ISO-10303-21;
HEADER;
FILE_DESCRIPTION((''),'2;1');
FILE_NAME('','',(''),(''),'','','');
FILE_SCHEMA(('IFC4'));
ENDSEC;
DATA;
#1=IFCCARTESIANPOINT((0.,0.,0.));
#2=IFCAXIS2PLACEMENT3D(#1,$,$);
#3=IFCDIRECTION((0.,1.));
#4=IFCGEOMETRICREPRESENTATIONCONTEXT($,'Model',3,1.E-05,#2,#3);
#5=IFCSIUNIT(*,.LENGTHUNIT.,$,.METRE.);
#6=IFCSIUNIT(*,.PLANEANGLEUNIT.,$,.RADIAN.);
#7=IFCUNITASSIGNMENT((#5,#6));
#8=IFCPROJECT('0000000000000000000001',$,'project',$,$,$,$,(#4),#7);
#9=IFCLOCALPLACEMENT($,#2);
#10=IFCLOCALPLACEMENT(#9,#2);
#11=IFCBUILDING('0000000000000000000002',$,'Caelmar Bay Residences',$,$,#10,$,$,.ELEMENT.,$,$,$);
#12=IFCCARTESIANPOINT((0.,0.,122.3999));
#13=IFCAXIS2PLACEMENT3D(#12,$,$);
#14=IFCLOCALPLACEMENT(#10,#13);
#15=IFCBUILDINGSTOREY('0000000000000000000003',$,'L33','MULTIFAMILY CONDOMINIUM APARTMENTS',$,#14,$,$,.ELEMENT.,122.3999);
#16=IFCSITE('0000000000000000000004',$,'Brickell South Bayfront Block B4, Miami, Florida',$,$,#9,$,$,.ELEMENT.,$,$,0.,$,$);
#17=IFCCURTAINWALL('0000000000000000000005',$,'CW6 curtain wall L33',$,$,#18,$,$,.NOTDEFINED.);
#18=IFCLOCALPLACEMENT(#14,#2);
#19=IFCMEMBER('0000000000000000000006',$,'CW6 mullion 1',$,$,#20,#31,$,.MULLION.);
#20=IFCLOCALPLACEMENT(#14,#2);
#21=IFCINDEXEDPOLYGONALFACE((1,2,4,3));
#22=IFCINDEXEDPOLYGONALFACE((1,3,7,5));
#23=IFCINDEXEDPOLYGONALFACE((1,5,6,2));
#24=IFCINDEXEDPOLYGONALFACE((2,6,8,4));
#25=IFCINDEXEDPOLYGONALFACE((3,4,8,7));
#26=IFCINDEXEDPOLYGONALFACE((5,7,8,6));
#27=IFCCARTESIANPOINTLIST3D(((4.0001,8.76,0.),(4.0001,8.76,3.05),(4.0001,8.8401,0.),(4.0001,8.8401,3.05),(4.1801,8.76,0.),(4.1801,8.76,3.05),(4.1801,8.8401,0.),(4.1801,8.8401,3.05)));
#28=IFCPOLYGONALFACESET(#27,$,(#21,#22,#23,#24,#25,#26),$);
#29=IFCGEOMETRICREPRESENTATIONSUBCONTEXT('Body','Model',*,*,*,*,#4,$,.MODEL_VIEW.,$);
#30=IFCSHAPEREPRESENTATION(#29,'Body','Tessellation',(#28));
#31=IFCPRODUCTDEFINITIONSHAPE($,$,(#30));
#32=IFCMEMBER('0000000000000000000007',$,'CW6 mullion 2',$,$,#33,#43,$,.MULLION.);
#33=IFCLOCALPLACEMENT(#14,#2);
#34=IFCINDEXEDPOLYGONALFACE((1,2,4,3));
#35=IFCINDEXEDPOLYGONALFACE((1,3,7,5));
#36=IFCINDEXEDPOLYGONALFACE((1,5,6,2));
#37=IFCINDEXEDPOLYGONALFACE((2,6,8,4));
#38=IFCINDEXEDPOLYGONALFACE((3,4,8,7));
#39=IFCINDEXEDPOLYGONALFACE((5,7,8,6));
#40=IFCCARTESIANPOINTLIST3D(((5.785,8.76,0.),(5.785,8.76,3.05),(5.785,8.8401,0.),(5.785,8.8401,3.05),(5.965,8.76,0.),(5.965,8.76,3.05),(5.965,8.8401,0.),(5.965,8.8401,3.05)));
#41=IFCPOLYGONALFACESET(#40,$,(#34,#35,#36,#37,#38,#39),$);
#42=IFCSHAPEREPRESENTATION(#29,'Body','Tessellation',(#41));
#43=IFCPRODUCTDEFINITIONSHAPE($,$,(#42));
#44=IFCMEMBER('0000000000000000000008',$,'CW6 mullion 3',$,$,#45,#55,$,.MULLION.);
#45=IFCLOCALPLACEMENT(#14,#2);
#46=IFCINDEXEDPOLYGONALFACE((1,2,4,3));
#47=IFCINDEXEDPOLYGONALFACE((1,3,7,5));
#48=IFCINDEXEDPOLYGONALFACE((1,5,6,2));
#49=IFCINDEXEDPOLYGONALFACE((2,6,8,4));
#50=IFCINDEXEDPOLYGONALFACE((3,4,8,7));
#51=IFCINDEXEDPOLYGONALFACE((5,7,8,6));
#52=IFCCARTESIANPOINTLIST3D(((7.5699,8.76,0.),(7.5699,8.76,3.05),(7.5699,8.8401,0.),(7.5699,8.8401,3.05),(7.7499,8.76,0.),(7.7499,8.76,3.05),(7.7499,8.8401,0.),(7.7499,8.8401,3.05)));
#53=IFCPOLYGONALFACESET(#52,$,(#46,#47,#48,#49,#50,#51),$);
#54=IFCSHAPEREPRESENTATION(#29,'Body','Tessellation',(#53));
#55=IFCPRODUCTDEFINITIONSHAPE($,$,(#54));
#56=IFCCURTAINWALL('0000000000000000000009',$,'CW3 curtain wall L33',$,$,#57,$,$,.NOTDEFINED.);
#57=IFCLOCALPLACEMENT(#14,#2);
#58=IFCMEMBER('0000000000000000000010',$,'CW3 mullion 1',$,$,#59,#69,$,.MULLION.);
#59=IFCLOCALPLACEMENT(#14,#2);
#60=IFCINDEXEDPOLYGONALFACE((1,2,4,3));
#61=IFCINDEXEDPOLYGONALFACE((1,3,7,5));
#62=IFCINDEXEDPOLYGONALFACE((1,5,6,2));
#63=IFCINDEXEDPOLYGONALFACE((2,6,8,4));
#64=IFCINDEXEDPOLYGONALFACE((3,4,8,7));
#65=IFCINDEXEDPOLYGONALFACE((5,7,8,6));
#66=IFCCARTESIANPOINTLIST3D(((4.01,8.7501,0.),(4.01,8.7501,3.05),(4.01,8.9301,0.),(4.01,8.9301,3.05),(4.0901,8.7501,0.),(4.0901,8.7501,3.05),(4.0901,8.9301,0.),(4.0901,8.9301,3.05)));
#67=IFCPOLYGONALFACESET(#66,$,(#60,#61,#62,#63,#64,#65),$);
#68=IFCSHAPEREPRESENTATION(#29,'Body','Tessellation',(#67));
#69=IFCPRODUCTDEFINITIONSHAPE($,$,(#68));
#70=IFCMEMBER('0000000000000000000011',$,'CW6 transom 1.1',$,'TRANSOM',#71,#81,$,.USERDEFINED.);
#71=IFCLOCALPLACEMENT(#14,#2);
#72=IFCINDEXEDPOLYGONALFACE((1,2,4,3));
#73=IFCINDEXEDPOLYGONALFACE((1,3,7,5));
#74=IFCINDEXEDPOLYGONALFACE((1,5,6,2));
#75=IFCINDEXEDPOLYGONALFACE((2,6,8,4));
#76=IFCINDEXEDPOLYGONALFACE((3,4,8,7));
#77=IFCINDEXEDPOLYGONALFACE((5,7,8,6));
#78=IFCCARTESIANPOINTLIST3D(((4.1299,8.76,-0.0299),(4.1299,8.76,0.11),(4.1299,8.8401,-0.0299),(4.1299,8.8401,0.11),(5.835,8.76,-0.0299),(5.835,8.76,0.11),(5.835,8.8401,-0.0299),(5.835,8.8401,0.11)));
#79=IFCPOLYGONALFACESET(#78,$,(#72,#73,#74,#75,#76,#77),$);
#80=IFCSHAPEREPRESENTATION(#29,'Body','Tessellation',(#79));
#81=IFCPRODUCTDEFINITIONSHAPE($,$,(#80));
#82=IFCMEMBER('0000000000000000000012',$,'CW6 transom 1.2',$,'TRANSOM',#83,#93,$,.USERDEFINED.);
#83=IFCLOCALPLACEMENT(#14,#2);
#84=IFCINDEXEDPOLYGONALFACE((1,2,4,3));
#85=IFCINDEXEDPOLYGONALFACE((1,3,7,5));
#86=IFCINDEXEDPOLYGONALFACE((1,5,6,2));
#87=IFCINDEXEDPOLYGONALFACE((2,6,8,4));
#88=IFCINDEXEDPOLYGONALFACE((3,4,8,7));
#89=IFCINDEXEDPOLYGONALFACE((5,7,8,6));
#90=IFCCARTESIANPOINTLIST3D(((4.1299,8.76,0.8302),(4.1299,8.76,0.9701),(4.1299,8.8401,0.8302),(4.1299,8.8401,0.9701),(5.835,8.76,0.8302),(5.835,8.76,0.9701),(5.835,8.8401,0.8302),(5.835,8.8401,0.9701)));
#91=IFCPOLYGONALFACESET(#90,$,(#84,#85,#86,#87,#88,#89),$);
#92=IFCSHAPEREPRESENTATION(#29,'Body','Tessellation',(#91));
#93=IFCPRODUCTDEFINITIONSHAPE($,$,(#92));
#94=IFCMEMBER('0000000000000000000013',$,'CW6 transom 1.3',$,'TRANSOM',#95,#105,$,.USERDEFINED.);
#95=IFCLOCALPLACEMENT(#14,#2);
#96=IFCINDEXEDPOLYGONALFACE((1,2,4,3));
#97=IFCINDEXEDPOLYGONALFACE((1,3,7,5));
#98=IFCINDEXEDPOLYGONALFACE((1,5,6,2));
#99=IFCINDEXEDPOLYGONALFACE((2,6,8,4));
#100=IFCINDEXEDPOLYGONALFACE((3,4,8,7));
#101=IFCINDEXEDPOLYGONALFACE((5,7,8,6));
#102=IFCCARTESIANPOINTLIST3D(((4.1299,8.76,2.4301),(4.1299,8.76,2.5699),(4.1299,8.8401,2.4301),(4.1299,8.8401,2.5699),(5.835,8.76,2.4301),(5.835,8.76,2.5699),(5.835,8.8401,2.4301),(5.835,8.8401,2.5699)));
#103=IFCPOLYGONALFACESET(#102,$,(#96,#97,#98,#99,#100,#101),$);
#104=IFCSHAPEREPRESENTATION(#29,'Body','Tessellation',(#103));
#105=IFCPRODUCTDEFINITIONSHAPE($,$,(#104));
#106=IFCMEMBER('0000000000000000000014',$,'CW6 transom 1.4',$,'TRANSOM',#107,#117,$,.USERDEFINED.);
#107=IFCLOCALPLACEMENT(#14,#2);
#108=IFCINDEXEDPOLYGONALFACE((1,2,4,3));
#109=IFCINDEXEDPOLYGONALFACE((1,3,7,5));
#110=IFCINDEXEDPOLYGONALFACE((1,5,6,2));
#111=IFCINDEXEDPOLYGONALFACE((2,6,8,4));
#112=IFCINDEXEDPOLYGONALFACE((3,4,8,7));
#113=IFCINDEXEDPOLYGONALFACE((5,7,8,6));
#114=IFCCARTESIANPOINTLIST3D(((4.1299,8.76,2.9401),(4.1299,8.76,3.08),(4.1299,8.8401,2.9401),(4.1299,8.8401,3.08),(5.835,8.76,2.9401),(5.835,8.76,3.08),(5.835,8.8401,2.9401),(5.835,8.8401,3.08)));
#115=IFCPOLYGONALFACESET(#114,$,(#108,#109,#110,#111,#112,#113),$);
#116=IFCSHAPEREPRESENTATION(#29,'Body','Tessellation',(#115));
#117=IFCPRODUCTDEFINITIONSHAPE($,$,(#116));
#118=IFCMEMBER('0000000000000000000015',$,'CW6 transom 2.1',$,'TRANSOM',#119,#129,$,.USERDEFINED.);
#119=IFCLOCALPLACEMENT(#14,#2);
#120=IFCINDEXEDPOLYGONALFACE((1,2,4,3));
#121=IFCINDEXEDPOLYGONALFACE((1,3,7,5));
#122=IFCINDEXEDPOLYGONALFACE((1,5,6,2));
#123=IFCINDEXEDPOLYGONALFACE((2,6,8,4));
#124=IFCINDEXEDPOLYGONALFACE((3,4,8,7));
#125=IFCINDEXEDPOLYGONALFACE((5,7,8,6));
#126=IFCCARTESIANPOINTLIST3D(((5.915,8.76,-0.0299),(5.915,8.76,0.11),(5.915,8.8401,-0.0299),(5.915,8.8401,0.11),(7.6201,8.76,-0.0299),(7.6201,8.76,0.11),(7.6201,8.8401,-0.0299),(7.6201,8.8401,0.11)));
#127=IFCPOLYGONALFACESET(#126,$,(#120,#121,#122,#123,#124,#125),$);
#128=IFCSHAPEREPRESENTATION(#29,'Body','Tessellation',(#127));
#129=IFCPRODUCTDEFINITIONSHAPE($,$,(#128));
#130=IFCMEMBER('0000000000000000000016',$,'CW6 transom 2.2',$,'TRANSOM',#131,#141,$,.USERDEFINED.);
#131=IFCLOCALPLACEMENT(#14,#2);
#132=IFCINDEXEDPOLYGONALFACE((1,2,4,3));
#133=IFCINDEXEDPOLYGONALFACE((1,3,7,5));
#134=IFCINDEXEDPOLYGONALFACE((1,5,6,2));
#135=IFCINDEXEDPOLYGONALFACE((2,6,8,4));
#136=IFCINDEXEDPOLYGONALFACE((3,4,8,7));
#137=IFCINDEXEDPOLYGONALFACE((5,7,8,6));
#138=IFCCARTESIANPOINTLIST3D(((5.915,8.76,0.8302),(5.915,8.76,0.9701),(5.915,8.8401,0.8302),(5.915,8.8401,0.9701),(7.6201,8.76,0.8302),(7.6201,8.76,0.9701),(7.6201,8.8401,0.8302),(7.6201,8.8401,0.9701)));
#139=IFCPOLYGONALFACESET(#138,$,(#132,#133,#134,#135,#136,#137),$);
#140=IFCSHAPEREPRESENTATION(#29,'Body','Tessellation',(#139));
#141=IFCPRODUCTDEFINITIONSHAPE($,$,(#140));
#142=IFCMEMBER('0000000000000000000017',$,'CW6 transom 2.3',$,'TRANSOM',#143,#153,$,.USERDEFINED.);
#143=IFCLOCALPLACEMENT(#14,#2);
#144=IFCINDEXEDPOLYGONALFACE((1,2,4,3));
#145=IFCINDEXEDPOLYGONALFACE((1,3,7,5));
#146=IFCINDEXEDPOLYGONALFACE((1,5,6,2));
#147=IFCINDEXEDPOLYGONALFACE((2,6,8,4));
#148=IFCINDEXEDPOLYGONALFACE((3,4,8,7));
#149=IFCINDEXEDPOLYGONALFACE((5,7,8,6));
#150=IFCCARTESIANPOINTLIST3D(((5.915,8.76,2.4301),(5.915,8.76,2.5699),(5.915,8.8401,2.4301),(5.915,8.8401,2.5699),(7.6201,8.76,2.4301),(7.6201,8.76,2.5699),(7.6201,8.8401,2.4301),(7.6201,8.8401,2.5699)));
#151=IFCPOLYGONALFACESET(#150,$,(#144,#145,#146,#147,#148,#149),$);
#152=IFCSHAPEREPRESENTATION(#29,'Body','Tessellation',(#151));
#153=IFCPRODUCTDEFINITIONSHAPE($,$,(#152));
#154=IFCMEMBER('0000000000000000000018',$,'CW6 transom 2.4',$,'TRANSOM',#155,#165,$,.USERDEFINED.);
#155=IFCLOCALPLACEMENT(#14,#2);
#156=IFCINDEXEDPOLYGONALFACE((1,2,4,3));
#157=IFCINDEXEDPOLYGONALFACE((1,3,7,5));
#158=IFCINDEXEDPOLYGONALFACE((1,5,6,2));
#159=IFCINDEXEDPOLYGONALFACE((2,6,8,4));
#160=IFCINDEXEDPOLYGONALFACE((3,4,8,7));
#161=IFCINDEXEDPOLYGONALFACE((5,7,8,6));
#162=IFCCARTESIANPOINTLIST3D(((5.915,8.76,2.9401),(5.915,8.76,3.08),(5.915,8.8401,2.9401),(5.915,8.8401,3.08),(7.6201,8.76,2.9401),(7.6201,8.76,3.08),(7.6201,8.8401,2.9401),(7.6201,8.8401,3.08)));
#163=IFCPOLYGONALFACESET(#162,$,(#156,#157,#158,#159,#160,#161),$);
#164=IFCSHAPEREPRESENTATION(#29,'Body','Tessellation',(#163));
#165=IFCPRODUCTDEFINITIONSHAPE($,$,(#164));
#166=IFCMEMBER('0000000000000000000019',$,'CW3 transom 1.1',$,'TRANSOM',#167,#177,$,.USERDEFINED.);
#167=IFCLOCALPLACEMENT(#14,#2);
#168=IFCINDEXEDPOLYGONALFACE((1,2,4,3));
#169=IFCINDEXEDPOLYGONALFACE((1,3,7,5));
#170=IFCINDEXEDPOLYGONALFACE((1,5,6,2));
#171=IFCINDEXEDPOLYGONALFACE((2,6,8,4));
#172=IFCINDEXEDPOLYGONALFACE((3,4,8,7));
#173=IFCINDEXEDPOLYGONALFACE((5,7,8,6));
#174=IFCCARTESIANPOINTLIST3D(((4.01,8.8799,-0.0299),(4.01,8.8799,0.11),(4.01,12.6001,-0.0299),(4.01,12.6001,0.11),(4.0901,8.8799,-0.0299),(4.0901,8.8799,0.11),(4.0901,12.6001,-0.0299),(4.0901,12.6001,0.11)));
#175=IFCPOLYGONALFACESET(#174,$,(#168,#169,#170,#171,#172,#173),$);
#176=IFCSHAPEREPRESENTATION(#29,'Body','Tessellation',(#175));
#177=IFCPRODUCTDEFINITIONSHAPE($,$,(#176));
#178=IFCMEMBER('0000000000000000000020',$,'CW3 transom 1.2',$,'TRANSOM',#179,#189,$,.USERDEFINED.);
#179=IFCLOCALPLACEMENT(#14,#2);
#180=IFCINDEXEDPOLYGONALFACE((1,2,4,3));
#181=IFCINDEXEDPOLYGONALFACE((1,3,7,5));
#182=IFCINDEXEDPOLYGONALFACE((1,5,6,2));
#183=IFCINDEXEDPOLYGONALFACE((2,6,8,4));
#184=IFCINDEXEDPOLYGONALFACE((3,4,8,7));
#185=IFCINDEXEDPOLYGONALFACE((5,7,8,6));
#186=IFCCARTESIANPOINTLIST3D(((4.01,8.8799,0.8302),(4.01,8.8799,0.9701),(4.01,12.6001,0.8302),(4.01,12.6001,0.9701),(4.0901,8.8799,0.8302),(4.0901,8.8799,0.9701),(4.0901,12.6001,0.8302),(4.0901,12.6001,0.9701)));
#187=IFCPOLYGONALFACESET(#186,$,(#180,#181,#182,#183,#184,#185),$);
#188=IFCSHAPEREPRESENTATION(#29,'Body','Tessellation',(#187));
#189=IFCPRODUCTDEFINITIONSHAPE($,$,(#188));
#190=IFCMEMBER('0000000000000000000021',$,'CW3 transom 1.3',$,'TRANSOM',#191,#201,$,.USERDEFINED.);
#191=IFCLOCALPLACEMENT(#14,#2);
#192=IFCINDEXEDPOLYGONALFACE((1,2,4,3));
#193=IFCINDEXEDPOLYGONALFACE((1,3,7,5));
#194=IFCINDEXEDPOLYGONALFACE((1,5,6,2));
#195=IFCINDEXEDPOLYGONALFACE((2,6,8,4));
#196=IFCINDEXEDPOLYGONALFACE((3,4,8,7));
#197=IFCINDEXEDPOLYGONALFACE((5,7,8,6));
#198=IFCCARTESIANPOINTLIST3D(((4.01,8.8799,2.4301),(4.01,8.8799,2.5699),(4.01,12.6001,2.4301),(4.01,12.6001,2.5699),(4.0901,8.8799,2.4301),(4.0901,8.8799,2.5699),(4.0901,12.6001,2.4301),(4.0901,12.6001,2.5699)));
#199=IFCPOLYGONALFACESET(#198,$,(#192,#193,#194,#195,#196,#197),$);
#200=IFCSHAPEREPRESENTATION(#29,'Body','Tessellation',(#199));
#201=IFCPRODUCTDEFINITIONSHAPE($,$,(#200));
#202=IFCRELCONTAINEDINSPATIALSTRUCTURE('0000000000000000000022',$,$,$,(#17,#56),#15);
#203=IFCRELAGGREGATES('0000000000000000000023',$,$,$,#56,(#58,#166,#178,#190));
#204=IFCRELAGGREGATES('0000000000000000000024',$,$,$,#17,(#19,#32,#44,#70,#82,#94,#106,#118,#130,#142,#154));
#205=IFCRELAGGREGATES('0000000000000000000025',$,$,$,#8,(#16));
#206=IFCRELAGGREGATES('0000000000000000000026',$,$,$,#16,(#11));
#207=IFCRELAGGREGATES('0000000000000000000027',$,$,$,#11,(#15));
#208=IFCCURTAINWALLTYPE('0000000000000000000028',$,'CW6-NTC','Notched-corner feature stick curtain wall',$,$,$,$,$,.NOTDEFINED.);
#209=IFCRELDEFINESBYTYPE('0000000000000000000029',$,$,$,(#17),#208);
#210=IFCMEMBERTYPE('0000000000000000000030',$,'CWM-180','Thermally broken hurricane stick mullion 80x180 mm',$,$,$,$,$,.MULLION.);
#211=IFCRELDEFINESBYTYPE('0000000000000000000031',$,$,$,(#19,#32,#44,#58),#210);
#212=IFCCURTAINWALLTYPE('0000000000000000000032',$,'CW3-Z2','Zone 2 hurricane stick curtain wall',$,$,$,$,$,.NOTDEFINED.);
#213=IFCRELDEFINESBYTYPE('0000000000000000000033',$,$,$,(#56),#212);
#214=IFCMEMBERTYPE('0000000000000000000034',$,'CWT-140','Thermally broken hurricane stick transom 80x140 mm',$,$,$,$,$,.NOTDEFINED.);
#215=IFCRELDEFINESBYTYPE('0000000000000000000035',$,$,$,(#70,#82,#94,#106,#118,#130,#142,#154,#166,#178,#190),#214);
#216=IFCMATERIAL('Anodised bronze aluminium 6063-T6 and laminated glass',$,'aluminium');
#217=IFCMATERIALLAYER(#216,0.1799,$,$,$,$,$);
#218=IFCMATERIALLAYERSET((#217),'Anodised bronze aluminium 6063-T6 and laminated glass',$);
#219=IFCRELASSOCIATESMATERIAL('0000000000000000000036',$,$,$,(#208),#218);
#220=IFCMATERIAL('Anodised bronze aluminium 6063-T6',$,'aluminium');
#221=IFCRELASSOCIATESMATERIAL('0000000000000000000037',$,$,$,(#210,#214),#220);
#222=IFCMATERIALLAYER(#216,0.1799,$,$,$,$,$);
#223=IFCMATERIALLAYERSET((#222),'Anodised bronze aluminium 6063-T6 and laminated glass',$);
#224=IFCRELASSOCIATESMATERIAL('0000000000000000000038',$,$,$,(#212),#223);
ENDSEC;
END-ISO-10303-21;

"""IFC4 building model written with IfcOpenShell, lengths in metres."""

from ifc_helpers import new_model, si_unit, direction, frame, origin, origin_2d, place, context, subcontext, project, spatial, rectangle, extrude, material, layer, layer_set, material_profile, profile_set, type_object, element, aggregate, save


model = new_model("IFC4")

# Units and contexts
model_context = context("Model", 3, precision=1e-05, world=origin(), true_north=direction((0.0, 1.0)))
body_context = subcontext(model_context, "Body", "Model", "MODEL_VIEW")
ifc_project = project(units=[si_unit("LENGTHUNIT", "METRE"), si_unit("PLANEANGLEUNIT", "RADIAN")], contexts=[model_context])

# Site, building, storey
site_placement = place(None, origin())
site = spatial("IfcSite", under=ifc_project, at=site_placement, Name="Brickell South Bayfront Block B4, Miami, Florida", CompositionType="ELEMENT", RefElevation=0.0)
building_placement = place(site_placement, origin())
building = spatial("IfcBuilding", under=site, at=building_placement, Name="Caelmar Bay Residences", CompositionType="ELEMENT")
storey_placement = place(building_placement, frame((0.0, 0.0, 122.3999)))
storey = spatial("IfcBuildingStorey", under=building, at=storey_placement, Name="L33", Description="MULTIFAMILY CONDOMINIUM APARTMENTS", CompositionType="ELEMENT", Elevation=122.3999)

# Curtain wall, members
ifc_material_1 = material(Name="Anodised bronze aluminium 6063-T6 and laminated glass", Category="aluminium")
ifc_layer_1 = layer(ifc_material_1, 0.1799)
ifc_layer_set_1 = layer_set([ifc_layer_1], Name="Anodised bronze aluminium 6063-T6 and laminated glass")
curtain_wall_type_1 = type_object("IfcCurtainWallType", Name="CW6-NTC", Description="Notched-corner feature stick curtain wall", PredefinedType="NOTDEFINED", material=ifc_layer_set_1)
curtain_wall_1_placement = place(storey_placement, origin())
curtain_wall_1 = element("IfcCurtainWall", 1, at=curtain_wall_1_placement, inside=storey, type_object=curtain_wall_type_1, Name="CW6 curtain wall L33", PredefinedType="NOTDEFINED")
ifc_material_2 = material(Name="Anodised bronze aluminium 6063-T6", Category="aluminium")
ifc_material_profile_1 = material_profile(ifc_material_2, rectangle(XDim=0.0801, YDim=0.1799, at=origin_2d()), Name="CWM-80X180")
ifc_profile_set_1 = profile_set([ifc_material_profile_1], Name="Anodised bronze aluminium 6063-T6")
member_type_1 = type_object("IfcMemberType", Name="CWM-180", Description="Thermally broken hurricane stick mullion 80x180 mm", PredefinedType="MULLION", material=ifc_profile_set_1)
member_1_placement = place(storey_placement, frame((4.0901, 8.8, 0.0), z_axis=(0.0, 0.0, 1.0), x_axis=(0.0, 1.0, 0.0)))
member_1 = element("IfcMember", 2, at=member_1_placement, type_object=member_type_1, Name="CW6 mullion 1", PredefinedType="MULLION", context=body_context, shape_type="SweptSolid", body=[
    extrude(rectangle(XDim=0.0801, YDim=0.1799, at=origin_2d()), origin(), (0.0, 0.0, 1.0), 3.05),
])
member_2_placement = place(storey_placement, frame((5.875, 8.8, 0.0), z_axis=(0.0, 0.0, 1.0), x_axis=(0.0, 1.0, 0.0)))
member_2 = element("IfcMember", 3, at=member_2_placement, type_object=member_type_1, Name="CW6 mullion 2", PredefinedType="MULLION", context=body_context, shape_type="SweptSolid", body=[
    extrude(rectangle(XDim=0.0801, YDim=0.1799, at=origin_2d()), origin(), (0.0, 0.0, 1.0), 3.05),
])
member_3_placement = place(storey_placement, frame((7.6599, 8.8, 0.0), z_axis=(0.0, 0.0, 1.0), x_axis=(0.0, 1.0, 0.0)))
member_3 = element("IfcMember", 4, at=member_3_placement, type_object=member_type_1, Name="CW6 mullion 3", PredefinedType="MULLION", context=body_context, shape_type="SweptSolid", body=[
    extrude(rectangle(XDim=0.0801, YDim=0.1799, at=origin_2d()), origin(), (0.0, 0.0, 1.0), 3.05),
])

# Curtain wall, member
ifc_layer_2 = layer(ifc_material_1, 0.1799)
ifc_layer_set_2 = layer_set([ifc_layer_2], Name="Anodised bronze aluminium 6063-T6 and laminated glass")
curtain_wall_type_2 = type_object("IfcCurtainWallType", Name="CW3-Z2", Description="Zone 2 hurricane stick curtain wall", PredefinedType="NOTDEFINED", material=ifc_layer_set_2)
curtain_wall_2_placement = place(storey_placement, origin())
curtain_wall_2 = element("IfcCurtainWall", 5, at=curtain_wall_2_placement, inside=storey, type_object=curtain_wall_type_2, Name="CW3 curtain wall L33", PredefinedType="NOTDEFINED")
member_4_placement = place(storey_placement, frame((4.05, 8.8401, 0.0), z_axis=(0.0, 0.0, 1.0), x_axis=(-1.0, 0.0, 0.0)))
member_4 = element("IfcMember", 6, at=member_4_placement, type_object=member_type_1, Name="CW3 mullion 1", PredefinedType="MULLION", context=body_context, shape_type="SweptSolid", body=[
    extrude(rectangle(XDim=0.0801, YDim=0.1799, at=origin_2d()), origin(), (0.0, 0.0, 1.0), 3.05),
])

# Members
ifc_material_profile_2 = material_profile(ifc_material_2, rectangle(XDim=0.0801, YDim=0.1399, at=origin_2d()), Name="CWT-80X140")
ifc_profile_set_2 = profile_set([ifc_material_profile_2], Name="Anodised bronze aluminium 6063-T6")
member_type_2 = type_object("IfcMemberType", Name="CWT-140", Description="Thermally broken hurricane stick transom 80x140 mm", PredefinedType="NOTDEFINED", material=ifc_profile_set_2)
member_5_placement = place(storey_placement, frame((4.1299, 8.8, 0.04), z_axis=(1.0, 0.0, 0.0), x_axis=(0.0, 1.0, 0.0)))
member_5 = element("IfcMember", 7, at=member_5_placement, type_object=member_type_2, Name="CW6 transom 1.1", ObjectType="TRANSOM", PredefinedType="USERDEFINED", context=body_context, shape_type="SweptSolid", body=[
    extrude(rectangle(XDim=0.0801, YDim=0.1399, at=origin_2d()), origin(), (0.0, 0.0, 1.0), 1.7051),
])
member_6_placement = place(storey_placement, frame((4.1299, 8.8, 0.9001), z_axis=(1.0, 0.0, 0.0), x_axis=(0.0, 1.0, 0.0)))
member_6 = element("IfcMember", 8, at=member_6_placement, type_object=member_type_2, Name="CW6 transom 1.2", ObjectType="TRANSOM", PredefinedType="USERDEFINED", context=body_context, shape_type="SweptSolid", body=[
    extrude(rectangle(XDim=0.0801, YDim=0.1399, at=origin_2d()), origin(), (0.0, 0.0, 1.0), 1.7051),
])
member_7_placement = place(storey_placement, frame((4.1299, 8.8, 2.5), z_axis=(1.0, 0.0, 0.0), x_axis=(0.0, 1.0, 0.0)))
member_7 = element("IfcMember", 9, at=member_7_placement, type_object=member_type_2, Name="CW6 transom 1.3", ObjectType="TRANSOM", PredefinedType="USERDEFINED", context=body_context, shape_type="SweptSolid", body=[
    extrude(rectangle(XDim=0.0801, YDim=0.1399, at=origin_2d()), origin(), (0.0, 0.0, 1.0), 1.7051),
])
member_8_placement = place(storey_placement, frame((4.1299, 8.8, 3.01), z_axis=(1.0, 0.0, 0.0), x_axis=(0.0, 1.0, 0.0)))
member_8 = element("IfcMember", 10, at=member_8_placement, type_object=member_type_2, Name="CW6 transom 1.4", ObjectType="TRANSOM", PredefinedType="USERDEFINED", context=body_context, shape_type="SweptSolid", body=[
    extrude(rectangle(XDim=0.0801, YDim=0.1399, at=origin_2d()), origin(), (0.0, 0.0, 1.0), 1.7051),
])
member_9_placement = place(storey_placement, frame((5.915, 8.8, 0.04), z_axis=(1.0, 0.0, 0.0), x_axis=(0.0, 1.0, 0.0)))
member_9 = element("IfcMember", 11, at=member_9_placement, type_object=member_type_2, Name="CW6 transom 2.1", ObjectType="TRANSOM", PredefinedType="USERDEFINED", context=body_context, shape_type="SweptSolid", body=[
    extrude(rectangle(XDim=0.0801, YDim=0.1399, at=origin_2d()), origin(), (0.0, 0.0, 1.0), 1.7051),
])
member_10_placement = place(storey_placement, frame((5.915, 8.8, 0.9001), z_axis=(1.0, 0.0, 0.0), x_axis=(0.0, 1.0, 0.0)))
member_10 = element("IfcMember", 12, at=member_10_placement, type_object=member_type_2, Name="CW6 transom 2.2", ObjectType="TRANSOM", PredefinedType="USERDEFINED", context=body_context, shape_type="SweptSolid", body=[
    extrude(rectangle(XDim=0.0801, YDim=0.1399, at=origin_2d()), origin(), (0.0, 0.0, 1.0), 1.7051),
])
member_11_placement = place(storey_placement, frame((5.915, 8.8, 2.5), z_axis=(1.0, 0.0, 0.0), x_axis=(0.0, 1.0, 0.0)))
member_11 = element("IfcMember", 13, at=member_11_placement, type_object=member_type_2, Name="CW6 transom 2.3", ObjectType="TRANSOM", PredefinedType="USERDEFINED", context=body_context, shape_type="SweptSolid", body=[
    extrude(rectangle(XDim=0.0801, YDim=0.1399, at=origin_2d()), origin(), (0.0, 0.0, 1.0), 1.7051),
])
member_12_placement = place(storey_placement, frame((5.915, 8.8, 3.01), z_axis=(1.0, 0.0, 0.0), x_axis=(0.0, 1.0, 0.0)))
member_12 = element("IfcMember", 14, at=member_12_placement, type_object=member_type_2, Name="CW6 transom 2.4", ObjectType="TRANSOM", PredefinedType="USERDEFINED", context=body_context, shape_type="SweptSolid", body=[
    extrude(rectangle(XDim=0.0801, YDim=0.1399, at=origin_2d()), origin(), (0.0, 0.0, 1.0), 1.7051),
])
member_13_placement = place(storey_placement, frame((4.05, 8.8799, 0.04), z_axis=(0.0, 1.0, 0.0), x_axis=(-1.0, 0.0, 0.0)))
member_13 = element("IfcMember", 15, at=member_13_placement, type_object=member_type_2, Name="CW3 transom 1.1", ObjectType="TRANSOM", PredefinedType="USERDEFINED", context=body_context, shape_type="SweptSolid", body=[
    extrude(rectangle(XDim=0.0801, YDim=0.1399, at=origin_2d()), origin(), (0.0, 0.0, 1.0), 3.7202),
])
member_14_placement = place(storey_placement, frame((4.05, 8.8799, 0.9001), z_axis=(0.0, 1.0, 0.0), x_axis=(-1.0, 0.0, 0.0)))
member_14 = element("IfcMember", 16, at=member_14_placement, type_object=member_type_2, Name="CW3 transom 1.2", ObjectType="TRANSOM", PredefinedType="USERDEFINED", context=body_context, shape_type="SweptSolid", body=[
    extrude(rectangle(XDim=0.0801, YDim=0.1399, at=origin_2d()), origin(), (0.0, 0.0, 1.0), 3.7202),
])
member_15_placement = place(storey_placement, frame((4.05, 8.8799, 2.5), z_axis=(0.0, 1.0, 0.0), x_axis=(-1.0, 0.0, 0.0)))
member_15 = element("IfcMember", 17, at=member_15_placement, type_object=member_type_2, Name="CW3 transom 1.3", ObjectType="TRANSOM", PredefinedType="USERDEFINED", context=body_context, shape_type="SweptSolid", body=[
    extrude(rectangle(XDim=0.0801, YDim=0.1399, at=origin_2d()), origin(), (0.0, 0.0, 1.0), 3.7202),
])
aggregate(curtain_wall_2, [member_4, member_13, member_14, member_15])

aggregate(curtain_wall_1, [member_1, member_2, member_3, member_5, member_6, member_7, member_8, member_9, member_10, member_11, member_12])

save(model, "model.ifc")
